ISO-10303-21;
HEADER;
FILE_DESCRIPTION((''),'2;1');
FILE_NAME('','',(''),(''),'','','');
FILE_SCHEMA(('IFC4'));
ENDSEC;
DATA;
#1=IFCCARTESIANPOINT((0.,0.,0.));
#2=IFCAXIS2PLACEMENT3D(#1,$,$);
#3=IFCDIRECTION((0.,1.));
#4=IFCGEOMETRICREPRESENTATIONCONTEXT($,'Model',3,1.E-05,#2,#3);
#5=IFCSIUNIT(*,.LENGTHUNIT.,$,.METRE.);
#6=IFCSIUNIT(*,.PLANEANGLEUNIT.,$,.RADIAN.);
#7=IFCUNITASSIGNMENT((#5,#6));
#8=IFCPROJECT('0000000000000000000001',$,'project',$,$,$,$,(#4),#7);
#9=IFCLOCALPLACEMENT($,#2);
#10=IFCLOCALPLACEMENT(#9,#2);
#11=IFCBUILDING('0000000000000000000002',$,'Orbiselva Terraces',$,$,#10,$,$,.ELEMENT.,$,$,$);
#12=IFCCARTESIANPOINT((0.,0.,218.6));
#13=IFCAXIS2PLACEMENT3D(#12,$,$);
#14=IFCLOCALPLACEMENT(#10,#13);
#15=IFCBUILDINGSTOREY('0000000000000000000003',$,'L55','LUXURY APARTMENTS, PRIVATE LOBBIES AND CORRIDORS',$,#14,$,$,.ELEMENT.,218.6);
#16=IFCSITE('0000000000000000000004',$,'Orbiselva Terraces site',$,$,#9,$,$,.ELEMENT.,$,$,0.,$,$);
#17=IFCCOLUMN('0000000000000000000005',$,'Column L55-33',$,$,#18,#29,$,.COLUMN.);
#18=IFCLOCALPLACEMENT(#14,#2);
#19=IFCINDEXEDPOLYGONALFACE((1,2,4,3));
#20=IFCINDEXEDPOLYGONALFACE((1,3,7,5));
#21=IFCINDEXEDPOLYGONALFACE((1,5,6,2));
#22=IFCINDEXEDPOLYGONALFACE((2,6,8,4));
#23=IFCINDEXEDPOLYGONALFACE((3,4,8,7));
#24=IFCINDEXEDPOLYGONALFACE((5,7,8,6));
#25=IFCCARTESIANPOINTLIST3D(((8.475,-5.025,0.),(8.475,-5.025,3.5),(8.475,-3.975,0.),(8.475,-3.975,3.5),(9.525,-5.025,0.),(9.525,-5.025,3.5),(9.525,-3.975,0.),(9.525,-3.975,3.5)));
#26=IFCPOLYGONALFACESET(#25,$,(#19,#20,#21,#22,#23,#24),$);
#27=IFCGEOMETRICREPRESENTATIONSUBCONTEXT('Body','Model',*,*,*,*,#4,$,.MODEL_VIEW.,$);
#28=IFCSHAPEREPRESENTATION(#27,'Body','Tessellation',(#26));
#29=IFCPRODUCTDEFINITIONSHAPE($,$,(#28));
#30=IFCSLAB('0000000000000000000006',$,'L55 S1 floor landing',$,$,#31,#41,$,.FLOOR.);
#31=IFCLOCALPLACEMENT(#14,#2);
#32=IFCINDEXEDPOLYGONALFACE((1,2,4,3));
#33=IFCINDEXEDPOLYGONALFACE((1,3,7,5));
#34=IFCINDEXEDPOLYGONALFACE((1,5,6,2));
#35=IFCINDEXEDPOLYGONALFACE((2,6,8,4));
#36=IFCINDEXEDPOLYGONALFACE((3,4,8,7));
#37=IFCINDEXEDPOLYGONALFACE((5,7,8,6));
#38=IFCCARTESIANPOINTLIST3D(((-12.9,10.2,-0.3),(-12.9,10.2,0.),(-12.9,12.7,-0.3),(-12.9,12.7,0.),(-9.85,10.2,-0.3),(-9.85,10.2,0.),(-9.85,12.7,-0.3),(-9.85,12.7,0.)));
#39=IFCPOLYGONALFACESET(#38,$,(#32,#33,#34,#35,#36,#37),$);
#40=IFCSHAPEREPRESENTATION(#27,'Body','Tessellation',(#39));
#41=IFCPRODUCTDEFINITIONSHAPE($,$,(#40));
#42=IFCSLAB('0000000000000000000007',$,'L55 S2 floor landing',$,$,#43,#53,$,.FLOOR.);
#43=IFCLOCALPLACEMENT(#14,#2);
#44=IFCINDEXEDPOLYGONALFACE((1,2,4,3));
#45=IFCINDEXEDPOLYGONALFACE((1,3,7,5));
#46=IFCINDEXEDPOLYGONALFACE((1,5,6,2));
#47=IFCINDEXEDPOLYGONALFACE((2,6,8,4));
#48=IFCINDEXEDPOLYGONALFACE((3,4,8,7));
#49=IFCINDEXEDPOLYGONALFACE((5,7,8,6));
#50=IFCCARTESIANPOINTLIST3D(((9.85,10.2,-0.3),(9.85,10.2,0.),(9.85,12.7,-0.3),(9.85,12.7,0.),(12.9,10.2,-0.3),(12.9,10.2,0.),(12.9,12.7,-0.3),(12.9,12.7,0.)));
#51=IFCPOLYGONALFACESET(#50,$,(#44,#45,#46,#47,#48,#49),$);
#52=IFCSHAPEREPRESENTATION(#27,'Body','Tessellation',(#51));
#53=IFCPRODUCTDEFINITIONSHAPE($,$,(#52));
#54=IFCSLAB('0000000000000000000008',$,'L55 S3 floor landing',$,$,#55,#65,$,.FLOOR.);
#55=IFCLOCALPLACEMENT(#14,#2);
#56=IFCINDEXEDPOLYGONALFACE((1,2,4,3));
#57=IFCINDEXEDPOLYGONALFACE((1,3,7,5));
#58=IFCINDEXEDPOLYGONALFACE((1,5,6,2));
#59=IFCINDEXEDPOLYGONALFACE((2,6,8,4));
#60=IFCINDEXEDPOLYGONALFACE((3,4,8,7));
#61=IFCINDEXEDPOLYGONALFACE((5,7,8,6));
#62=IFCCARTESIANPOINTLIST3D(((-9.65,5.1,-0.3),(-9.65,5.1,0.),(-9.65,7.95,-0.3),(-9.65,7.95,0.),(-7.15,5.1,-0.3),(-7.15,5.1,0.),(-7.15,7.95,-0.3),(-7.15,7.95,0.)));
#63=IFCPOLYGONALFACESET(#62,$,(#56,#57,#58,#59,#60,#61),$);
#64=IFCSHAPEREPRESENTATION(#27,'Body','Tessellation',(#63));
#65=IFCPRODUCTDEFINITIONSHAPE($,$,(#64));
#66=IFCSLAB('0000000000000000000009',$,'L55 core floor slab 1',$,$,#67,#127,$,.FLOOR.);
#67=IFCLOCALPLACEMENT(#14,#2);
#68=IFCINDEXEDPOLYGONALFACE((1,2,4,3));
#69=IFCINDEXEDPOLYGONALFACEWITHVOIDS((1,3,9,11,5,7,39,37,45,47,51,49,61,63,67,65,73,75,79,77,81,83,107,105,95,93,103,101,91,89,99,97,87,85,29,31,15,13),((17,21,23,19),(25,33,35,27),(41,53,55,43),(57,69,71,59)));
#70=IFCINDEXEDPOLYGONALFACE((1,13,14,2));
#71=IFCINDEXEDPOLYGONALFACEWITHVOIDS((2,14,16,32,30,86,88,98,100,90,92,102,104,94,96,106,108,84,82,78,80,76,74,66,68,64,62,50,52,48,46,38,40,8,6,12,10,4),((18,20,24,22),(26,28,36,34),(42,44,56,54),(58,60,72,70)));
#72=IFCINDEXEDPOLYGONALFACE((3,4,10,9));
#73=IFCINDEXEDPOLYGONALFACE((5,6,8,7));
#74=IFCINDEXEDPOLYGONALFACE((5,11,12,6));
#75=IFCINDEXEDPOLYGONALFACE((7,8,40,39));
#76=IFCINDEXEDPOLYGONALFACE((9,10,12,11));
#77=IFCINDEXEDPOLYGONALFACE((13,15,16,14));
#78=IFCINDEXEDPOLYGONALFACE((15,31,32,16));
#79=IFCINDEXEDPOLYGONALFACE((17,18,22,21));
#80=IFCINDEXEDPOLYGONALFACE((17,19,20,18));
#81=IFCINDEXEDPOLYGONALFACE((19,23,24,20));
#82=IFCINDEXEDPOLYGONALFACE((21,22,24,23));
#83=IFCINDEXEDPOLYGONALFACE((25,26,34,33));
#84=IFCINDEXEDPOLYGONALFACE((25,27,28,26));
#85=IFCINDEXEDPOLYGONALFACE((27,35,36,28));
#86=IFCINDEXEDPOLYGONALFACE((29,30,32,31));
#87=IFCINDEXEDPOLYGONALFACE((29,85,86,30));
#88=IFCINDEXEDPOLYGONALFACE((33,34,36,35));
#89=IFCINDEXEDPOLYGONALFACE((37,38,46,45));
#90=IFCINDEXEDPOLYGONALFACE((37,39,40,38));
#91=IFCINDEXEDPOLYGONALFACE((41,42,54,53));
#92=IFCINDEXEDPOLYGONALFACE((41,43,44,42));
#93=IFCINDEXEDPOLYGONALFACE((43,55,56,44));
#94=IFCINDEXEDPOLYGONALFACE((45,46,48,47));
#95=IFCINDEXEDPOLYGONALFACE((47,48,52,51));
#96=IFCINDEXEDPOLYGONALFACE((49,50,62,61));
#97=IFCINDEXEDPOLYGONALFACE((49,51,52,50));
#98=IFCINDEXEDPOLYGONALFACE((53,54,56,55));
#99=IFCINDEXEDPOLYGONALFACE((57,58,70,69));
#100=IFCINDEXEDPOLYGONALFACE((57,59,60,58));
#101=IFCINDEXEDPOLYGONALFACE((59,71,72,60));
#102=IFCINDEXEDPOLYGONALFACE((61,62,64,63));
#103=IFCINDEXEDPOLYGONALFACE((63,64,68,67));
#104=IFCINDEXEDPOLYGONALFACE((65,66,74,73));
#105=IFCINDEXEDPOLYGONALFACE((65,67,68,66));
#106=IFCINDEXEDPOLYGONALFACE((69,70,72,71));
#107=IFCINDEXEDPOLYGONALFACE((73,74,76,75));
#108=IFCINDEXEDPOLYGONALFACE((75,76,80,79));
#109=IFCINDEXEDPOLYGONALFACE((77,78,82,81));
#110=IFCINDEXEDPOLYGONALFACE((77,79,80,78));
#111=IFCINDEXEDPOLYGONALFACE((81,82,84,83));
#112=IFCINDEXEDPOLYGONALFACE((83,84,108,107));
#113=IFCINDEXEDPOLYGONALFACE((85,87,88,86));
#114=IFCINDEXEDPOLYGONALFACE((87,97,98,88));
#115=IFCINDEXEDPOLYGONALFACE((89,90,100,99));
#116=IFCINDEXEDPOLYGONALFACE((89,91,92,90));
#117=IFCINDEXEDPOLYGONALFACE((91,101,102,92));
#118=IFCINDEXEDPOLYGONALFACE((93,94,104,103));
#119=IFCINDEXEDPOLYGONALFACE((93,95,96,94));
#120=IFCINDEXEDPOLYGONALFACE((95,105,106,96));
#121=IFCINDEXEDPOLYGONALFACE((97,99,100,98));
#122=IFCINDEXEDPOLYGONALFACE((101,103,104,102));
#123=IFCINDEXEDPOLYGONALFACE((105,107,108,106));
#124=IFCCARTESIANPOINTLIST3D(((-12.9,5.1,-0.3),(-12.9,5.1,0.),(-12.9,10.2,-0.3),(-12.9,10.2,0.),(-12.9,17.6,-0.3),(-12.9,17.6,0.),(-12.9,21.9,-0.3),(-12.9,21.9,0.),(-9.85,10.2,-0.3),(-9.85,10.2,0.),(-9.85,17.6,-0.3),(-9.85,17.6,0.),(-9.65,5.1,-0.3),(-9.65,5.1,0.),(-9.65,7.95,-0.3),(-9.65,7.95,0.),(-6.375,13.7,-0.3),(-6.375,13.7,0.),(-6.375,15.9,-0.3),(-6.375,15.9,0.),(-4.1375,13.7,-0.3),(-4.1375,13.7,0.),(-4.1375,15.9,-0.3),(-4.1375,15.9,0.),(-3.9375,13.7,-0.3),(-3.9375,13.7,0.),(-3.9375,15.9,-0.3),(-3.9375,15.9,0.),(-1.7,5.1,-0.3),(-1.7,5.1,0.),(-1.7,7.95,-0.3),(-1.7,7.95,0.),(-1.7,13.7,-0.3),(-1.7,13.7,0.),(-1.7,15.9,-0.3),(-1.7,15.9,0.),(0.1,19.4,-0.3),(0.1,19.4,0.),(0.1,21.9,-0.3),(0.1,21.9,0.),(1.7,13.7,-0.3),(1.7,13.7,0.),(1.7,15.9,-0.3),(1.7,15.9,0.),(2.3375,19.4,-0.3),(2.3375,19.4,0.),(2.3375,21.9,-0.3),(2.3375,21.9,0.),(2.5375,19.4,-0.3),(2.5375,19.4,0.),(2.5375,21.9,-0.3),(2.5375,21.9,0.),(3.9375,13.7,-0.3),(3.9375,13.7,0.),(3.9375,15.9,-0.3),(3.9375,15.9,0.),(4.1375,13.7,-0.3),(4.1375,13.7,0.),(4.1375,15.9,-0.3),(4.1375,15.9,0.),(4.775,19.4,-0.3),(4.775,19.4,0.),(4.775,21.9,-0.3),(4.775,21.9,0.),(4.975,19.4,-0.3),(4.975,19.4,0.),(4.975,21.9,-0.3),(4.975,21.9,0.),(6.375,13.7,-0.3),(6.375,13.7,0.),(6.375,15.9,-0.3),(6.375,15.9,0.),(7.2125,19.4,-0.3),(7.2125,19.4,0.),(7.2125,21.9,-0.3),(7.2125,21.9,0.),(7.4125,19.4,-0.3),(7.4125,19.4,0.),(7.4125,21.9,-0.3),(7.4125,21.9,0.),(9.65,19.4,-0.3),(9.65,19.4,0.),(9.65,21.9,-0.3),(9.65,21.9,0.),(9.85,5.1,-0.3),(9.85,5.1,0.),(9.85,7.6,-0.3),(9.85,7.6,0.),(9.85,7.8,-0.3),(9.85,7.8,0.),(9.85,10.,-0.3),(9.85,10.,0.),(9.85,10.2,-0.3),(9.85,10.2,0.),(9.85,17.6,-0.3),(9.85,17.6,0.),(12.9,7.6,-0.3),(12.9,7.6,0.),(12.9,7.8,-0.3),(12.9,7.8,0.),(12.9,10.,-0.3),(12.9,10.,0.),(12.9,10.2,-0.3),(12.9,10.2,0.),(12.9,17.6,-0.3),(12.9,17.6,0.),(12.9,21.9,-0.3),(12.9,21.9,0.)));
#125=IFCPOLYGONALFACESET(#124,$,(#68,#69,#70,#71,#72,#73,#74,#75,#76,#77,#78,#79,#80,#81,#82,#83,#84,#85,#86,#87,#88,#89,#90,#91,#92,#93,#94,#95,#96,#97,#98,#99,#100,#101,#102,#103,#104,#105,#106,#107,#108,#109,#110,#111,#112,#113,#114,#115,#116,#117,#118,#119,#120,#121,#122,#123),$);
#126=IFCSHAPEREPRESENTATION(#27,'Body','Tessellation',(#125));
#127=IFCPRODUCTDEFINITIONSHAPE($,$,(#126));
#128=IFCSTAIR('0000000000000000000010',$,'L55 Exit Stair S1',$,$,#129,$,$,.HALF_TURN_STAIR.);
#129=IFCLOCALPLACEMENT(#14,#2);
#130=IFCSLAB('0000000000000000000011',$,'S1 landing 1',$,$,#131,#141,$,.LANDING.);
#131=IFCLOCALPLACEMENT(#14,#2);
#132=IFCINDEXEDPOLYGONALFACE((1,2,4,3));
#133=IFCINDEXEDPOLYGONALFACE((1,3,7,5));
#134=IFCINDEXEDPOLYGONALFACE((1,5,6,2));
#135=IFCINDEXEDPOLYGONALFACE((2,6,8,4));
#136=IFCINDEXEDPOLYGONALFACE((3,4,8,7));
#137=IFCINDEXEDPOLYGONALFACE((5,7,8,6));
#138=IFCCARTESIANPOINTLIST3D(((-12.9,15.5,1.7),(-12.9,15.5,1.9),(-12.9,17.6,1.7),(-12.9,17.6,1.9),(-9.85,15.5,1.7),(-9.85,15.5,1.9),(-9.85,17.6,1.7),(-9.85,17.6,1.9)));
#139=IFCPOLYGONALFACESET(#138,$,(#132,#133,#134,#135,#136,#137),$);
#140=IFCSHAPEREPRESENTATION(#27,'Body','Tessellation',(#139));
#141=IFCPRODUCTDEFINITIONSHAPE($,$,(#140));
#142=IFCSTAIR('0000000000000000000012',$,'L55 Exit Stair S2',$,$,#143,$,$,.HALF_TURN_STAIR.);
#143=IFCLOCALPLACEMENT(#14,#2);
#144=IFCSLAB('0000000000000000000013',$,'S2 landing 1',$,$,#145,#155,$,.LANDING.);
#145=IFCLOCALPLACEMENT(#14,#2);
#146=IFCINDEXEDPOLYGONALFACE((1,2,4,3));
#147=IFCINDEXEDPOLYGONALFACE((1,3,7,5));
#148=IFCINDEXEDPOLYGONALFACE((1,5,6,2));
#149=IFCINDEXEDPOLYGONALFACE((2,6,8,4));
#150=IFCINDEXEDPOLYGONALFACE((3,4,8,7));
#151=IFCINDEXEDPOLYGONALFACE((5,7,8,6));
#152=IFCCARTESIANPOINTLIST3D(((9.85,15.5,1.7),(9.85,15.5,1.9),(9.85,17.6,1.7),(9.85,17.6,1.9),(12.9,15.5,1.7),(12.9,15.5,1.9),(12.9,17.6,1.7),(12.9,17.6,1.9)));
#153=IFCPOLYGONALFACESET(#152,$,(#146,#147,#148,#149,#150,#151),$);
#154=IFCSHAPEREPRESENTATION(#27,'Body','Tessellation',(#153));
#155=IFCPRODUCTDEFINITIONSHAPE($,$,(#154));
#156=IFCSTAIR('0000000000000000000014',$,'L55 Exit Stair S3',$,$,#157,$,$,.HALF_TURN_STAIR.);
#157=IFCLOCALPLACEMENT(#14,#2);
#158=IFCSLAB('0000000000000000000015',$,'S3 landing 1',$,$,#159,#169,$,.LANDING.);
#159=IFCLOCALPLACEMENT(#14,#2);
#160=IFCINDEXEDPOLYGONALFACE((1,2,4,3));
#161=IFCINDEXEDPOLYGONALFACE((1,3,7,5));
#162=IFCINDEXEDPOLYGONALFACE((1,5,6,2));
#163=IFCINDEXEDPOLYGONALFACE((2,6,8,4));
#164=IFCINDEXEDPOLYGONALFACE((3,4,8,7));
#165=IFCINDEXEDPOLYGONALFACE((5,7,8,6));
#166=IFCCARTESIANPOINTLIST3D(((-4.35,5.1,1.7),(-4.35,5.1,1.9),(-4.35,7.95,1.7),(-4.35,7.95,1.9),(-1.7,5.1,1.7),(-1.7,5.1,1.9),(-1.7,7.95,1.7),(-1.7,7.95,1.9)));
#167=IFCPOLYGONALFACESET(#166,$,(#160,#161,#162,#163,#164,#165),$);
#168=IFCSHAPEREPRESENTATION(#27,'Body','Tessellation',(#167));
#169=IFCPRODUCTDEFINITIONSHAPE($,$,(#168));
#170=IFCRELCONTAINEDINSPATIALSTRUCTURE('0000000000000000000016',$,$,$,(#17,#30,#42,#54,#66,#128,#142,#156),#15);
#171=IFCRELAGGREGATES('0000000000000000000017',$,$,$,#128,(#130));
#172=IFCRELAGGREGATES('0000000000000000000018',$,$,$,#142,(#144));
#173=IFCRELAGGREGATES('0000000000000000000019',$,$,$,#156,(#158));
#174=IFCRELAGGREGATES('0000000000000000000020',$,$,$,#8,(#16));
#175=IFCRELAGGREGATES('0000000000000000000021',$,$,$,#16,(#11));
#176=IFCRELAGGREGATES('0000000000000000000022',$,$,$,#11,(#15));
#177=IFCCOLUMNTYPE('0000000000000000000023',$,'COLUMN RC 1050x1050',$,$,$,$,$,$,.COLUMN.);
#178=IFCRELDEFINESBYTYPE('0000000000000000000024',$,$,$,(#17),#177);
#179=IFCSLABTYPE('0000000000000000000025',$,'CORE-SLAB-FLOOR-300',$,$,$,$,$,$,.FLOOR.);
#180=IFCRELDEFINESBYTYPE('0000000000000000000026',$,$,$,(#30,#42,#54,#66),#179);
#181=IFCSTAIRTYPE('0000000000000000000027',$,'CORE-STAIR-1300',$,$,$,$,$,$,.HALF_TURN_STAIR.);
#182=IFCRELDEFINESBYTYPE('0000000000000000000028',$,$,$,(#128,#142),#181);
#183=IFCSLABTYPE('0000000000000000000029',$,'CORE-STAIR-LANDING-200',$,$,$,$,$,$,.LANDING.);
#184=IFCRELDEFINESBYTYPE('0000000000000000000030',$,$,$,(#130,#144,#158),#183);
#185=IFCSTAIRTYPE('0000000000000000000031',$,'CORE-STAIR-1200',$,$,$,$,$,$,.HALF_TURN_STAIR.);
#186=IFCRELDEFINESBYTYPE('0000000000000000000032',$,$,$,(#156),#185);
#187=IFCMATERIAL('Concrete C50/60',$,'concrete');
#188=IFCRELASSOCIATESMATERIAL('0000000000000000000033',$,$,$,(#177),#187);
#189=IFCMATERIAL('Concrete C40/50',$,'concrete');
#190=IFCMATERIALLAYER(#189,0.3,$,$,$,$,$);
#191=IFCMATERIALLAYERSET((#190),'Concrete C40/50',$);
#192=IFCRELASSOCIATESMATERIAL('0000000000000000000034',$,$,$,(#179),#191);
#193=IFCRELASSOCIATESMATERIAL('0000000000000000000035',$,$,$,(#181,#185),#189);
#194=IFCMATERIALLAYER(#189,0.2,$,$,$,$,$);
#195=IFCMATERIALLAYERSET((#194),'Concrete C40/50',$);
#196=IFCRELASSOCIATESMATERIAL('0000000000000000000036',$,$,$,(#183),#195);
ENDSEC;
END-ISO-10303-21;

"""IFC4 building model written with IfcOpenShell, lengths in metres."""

from ifc_helpers import new_model, si_unit, direction, frame, origin, origin_2d, place, context, subcontext, project, spatial, polyline, rectangle, outline, extrude, material, layer, layer_set, material_profile, profile_set, type_object, element, aggregate, save


model = new_model("IFC4")

# Units and contexts
model_context = context("Model", 3, precision=1e-05, world=origin(), true_north=direction((0.0, 1.0)))
body_context = subcontext(model_context, "Body", "Model", "MODEL_VIEW")
ifc_project = project(units=[si_unit("LENGTHUNIT", "METRE"), si_unit("PLANEANGLEUNIT", "RADIAN")], contexts=[model_context])

# Site, building, storey
site_placement = place(None, origin())
site = spatial("IfcSite", under=ifc_project, at=site_placement, Name="Orbiselva Terraces site", CompositionType="ELEMENT", RefElevation=0.0)
building_placement = place(site_placement, origin())
building = spatial("IfcBuilding", under=site, at=building_placement, Name="Orbiselva Terraces", CompositionType="ELEMENT")
storey_placement = place(building_placement, frame((0.0, 0.0, 218.6)))
storey = spatial("IfcBuildingStorey", under=building, at=storey_placement, Name="L55", Description="LUXURY APARTMENTS, PRIVATE LOBBIES AND CORRIDORS", CompositionType="ELEMENT", Elevation=218.6)

# Column
ifc_material_1 = material(Name="Concrete C50/60", Category="concrete")
ifc_material_profile = material_profile(ifc_material_1, rectangle(XDim=1.05, YDim=1.05, at=origin_2d()), Name="RC 1050x1050")
ifc_profile_set = profile_set([ifc_material_profile], Name="Concrete C50/60")
column_type = type_object("IfcColumnType", Name="COLUMN RC 1050x1050", PredefinedType="COLUMN", material=ifc_profile_set)
column_placement = place(storey_placement, frame((9.0, -4.5, 0.0), z_axis=(0.0, 0.0, 1.0), x_axis=(1.0, 0.0, 0.0)))
element("IfcColumn", 1, at=column_placement, inside=storey, type_object=column_type, Name="Column L55-33", PredefinedType="COLUMN", context=body_context, shape_type="SweptSolid", body=[
    extrude(rectangle(XDim=1.05, YDim=1.05, at=origin_2d()), origin(), (0.0, 0.0, 1.0), 3.5),
])

# Slabs
ifc_material_2 = material(Name="Concrete C40/50", Category="concrete")
ifc_layer_1 = layer(ifc_material_2, 0.3)
ifc_layer_set_1 = layer_set([ifc_layer_1], Name="Concrete C40/50")
slab_type_1 = type_object("IfcSlabType", Name="CORE-SLAB-FLOOR-300", PredefinedType="FLOOR", material=ifc_layer_set_1)
slab_1_placement = place(storey_placement, frame((0.0, 0.0, -0.3)))
element("IfcSlab", 2, at=slab_1_placement, inside=storey, type_object=slab_type_1, Name="L55 S1 floor landing", PredefinedType="FLOOR", context=body_context, shape_type="SweptSolid", body=[
    extrude(outline(polyline([(-12.9, 12.7), (-9.85, 12.7), (-9.85, 10.2), (-12.9, 10.2), (-12.9, 12.7)])), origin(), (0.0, 0.0, 1.0), 0.3),
])
slab_2_placement = place(storey_placement, frame((0.0, 0.0, -0.3)))
element("IfcSlab", 3, at=slab_2_placement, inside=storey, type_object=slab_type_1, Name="L55 S2 floor landing", PredefinedType="FLOOR", context=body_context, shape_type="SweptSolid", body=[
    extrude(outline(polyline([(12.9, 12.7), (12.9, 10.2), (9.85, 10.2), (9.85, 12.7), (12.9, 12.7)])), origin(), (0.0, 0.0, 1.0), 0.3),
])
slab_3_placement = place(storey_placement, frame((0.0, 0.0, -0.3)))
element("IfcSlab", 4, at=slab_3_placement, inside=storey, type_object=slab_type_1, Name="L55 S3 floor landing", PredefinedType="FLOOR", context=body_context, shape_type="SweptSolid", body=[
    extrude(outline(polyline([(-7.15, 5.1), (-9.65, 5.1), (-9.65, 7.95), (-7.15, 7.95), (-7.15, 5.1)])), origin(), (0.0, 0.0, 1.0), 0.3),
])
slab_4_placement = place(storey_placement, frame((0.0, 0.0, -0.3)))
element("IfcSlab", 5, at=slab_4_placement, inside=storey, type_object=slab_type_1, Name="L55 core floor slab 1", PredefinedType="FLOOR", context=body_context, shape_type="SweptSolid", body=[
    extrude(outline(polyline([(-1.7, 5.1), (-1.7, 7.95), (-9.65, 7.95), (-9.65, 5.1), (-12.9, 5.1), (-12.9, 10.2), (-9.85, 10.2), (-9.85, 17.6), (-12.9, 17.6), (-12.9, 21.9), (0.1, 21.9), (0.1, 19.4), (2.3375, 19.4), (2.3375, 21.9), (2.5375, 21.9), (2.5375, 19.4), (4.775, 19.4), (4.775, 21.9), (4.975, 21.9), (4.975, 19.4), (7.2125, 19.4), (7.2125, 21.9), (7.4125, 21.9), (7.4125, 19.4), (9.65, 19.4), (9.65, 21.9), (12.9, 21.9), (12.9, 17.6), (9.85, 17.6), (9.85, 10.2), (12.9, 10.2), (12.9, 10.0), (9.85, 10.0), (9.85, 7.8), (12.9, 7.8), (12.9, 7.6), (9.85, 7.6), (9.85, 5.1), (-1.7, 5.1)]), holes=[polyline([(-4.1375, 13.7), (-4.1375, 15.9), (-6.375, 15.9), (-6.375, 13.7), (-4.1375, 13.7)]), polyline([(-1.7, 13.7), (-1.7, 15.9), (-3.9375, 15.9), (-3.9375, 13.7), (-1.7, 13.7)]), polyline([(3.9375, 15.9), (1.7, 15.9), (1.7, 13.7), (3.9375, 13.7), (3.9375, 15.9)]), polyline([(6.375, 13.7), (6.375, 15.9), (4.1375, 15.9), (4.1375, 13.7), (6.375, 13.7)])]), origin(), (0.0, 0.0, 1.0), 0.3),
])

# Stairs, slabs
stair_type_1 = type_object("IfcStairType", Name="CORE-STAIR-1300", PredefinedType="HALF_TURN_STAIR", material=ifc_material_2)
stair_1_placement = place(storey_placement, origin())
stair_1 = element("IfcStair", 6, at=stair_1_placement, inside=storey, type_object=stair_type_1, Name="L55 Exit Stair S1", PredefinedType="HALF_TURN_STAIR")
ifc_layer_2 = layer(ifc_material_2, 0.2)
ifc_layer_set_2 = layer_set([ifc_layer_2], Name="Concrete C40/50")
slab_type_2 = type_object("IfcSlabType", Name="CORE-STAIR-LANDING-200", PredefinedType="LANDING", material=ifc_layer_set_2)
slab_5_placement = place(storey_placement, frame((0.0, 0.0, 1.7)))
slab_5 = element("IfcSlab", 7, at=slab_5_placement, type_object=slab_type_2, Name="S1 landing 1", PredefinedType="LANDING", context=body_context, shape_type="SweptSolid", body=[
    extrude(outline(polyline([(-9.85, 15.5), (-9.85, 17.6), (-12.9, 17.6), (-12.9, 15.5), (-9.85, 15.5)])), origin(), (0.0, 0.0, 1.0), 0.2),
])
aggregate(stair_1, [slab_5])
stair_2_placement = place(storey_placement, origin())
stair_2 = element("IfcStair", 8, at=stair_2_placement, inside=storey, type_object=stair_type_1, Name="L55 Exit Stair S2", PredefinedType="HALF_TURN_STAIR")
slab_6_placement = place(storey_placement, frame((0.0, 0.0, 1.7)))
slab_6 = element("IfcSlab", 9, at=slab_6_placement, type_object=slab_type_2, Name="S2 landing 1", PredefinedType="LANDING", context=body_context, shape_type="SweptSolid", body=[
    extrude(outline(polyline([(12.9, 15.5), (12.9, 17.6), (9.85, 17.6), (9.85, 15.5), (12.9, 15.5)])), origin(), (0.0, 0.0, 1.0), 0.2),
])
aggregate(stair_2, [slab_6])
stair_type_2 = type_object("IfcStairType", Name="CORE-STAIR-1200", PredefinedType="HALF_TURN_STAIR", material=ifc_material_2)
stair_3_placement = place(storey_placement, origin())
stair_3 = element("IfcStair", 10, at=stair_3_placement, inside=storey, type_object=stair_type_2, Name="L55 Exit Stair S3", PredefinedType="HALF_TURN_STAIR")
slab_7_placement = place(storey_placement, frame((0.0, 0.0, 1.7)))
slab_7 = element("IfcSlab", 11, at=slab_7_placement, type_object=slab_type_2, Name="S3 landing 1", PredefinedType="LANDING", context=body_context, shape_type="SweptSolid", body=[
    extrude(outline(polyline([(-4.35, 5.1), (-1.7, 5.1), (-1.7, 7.95), (-4.35, 7.95), (-4.35, 5.1)])), origin(), (0.0, 0.0, 1.0), 0.2),
])
aggregate(stair_3, [slab_7])

save(model, "model.ifc")
